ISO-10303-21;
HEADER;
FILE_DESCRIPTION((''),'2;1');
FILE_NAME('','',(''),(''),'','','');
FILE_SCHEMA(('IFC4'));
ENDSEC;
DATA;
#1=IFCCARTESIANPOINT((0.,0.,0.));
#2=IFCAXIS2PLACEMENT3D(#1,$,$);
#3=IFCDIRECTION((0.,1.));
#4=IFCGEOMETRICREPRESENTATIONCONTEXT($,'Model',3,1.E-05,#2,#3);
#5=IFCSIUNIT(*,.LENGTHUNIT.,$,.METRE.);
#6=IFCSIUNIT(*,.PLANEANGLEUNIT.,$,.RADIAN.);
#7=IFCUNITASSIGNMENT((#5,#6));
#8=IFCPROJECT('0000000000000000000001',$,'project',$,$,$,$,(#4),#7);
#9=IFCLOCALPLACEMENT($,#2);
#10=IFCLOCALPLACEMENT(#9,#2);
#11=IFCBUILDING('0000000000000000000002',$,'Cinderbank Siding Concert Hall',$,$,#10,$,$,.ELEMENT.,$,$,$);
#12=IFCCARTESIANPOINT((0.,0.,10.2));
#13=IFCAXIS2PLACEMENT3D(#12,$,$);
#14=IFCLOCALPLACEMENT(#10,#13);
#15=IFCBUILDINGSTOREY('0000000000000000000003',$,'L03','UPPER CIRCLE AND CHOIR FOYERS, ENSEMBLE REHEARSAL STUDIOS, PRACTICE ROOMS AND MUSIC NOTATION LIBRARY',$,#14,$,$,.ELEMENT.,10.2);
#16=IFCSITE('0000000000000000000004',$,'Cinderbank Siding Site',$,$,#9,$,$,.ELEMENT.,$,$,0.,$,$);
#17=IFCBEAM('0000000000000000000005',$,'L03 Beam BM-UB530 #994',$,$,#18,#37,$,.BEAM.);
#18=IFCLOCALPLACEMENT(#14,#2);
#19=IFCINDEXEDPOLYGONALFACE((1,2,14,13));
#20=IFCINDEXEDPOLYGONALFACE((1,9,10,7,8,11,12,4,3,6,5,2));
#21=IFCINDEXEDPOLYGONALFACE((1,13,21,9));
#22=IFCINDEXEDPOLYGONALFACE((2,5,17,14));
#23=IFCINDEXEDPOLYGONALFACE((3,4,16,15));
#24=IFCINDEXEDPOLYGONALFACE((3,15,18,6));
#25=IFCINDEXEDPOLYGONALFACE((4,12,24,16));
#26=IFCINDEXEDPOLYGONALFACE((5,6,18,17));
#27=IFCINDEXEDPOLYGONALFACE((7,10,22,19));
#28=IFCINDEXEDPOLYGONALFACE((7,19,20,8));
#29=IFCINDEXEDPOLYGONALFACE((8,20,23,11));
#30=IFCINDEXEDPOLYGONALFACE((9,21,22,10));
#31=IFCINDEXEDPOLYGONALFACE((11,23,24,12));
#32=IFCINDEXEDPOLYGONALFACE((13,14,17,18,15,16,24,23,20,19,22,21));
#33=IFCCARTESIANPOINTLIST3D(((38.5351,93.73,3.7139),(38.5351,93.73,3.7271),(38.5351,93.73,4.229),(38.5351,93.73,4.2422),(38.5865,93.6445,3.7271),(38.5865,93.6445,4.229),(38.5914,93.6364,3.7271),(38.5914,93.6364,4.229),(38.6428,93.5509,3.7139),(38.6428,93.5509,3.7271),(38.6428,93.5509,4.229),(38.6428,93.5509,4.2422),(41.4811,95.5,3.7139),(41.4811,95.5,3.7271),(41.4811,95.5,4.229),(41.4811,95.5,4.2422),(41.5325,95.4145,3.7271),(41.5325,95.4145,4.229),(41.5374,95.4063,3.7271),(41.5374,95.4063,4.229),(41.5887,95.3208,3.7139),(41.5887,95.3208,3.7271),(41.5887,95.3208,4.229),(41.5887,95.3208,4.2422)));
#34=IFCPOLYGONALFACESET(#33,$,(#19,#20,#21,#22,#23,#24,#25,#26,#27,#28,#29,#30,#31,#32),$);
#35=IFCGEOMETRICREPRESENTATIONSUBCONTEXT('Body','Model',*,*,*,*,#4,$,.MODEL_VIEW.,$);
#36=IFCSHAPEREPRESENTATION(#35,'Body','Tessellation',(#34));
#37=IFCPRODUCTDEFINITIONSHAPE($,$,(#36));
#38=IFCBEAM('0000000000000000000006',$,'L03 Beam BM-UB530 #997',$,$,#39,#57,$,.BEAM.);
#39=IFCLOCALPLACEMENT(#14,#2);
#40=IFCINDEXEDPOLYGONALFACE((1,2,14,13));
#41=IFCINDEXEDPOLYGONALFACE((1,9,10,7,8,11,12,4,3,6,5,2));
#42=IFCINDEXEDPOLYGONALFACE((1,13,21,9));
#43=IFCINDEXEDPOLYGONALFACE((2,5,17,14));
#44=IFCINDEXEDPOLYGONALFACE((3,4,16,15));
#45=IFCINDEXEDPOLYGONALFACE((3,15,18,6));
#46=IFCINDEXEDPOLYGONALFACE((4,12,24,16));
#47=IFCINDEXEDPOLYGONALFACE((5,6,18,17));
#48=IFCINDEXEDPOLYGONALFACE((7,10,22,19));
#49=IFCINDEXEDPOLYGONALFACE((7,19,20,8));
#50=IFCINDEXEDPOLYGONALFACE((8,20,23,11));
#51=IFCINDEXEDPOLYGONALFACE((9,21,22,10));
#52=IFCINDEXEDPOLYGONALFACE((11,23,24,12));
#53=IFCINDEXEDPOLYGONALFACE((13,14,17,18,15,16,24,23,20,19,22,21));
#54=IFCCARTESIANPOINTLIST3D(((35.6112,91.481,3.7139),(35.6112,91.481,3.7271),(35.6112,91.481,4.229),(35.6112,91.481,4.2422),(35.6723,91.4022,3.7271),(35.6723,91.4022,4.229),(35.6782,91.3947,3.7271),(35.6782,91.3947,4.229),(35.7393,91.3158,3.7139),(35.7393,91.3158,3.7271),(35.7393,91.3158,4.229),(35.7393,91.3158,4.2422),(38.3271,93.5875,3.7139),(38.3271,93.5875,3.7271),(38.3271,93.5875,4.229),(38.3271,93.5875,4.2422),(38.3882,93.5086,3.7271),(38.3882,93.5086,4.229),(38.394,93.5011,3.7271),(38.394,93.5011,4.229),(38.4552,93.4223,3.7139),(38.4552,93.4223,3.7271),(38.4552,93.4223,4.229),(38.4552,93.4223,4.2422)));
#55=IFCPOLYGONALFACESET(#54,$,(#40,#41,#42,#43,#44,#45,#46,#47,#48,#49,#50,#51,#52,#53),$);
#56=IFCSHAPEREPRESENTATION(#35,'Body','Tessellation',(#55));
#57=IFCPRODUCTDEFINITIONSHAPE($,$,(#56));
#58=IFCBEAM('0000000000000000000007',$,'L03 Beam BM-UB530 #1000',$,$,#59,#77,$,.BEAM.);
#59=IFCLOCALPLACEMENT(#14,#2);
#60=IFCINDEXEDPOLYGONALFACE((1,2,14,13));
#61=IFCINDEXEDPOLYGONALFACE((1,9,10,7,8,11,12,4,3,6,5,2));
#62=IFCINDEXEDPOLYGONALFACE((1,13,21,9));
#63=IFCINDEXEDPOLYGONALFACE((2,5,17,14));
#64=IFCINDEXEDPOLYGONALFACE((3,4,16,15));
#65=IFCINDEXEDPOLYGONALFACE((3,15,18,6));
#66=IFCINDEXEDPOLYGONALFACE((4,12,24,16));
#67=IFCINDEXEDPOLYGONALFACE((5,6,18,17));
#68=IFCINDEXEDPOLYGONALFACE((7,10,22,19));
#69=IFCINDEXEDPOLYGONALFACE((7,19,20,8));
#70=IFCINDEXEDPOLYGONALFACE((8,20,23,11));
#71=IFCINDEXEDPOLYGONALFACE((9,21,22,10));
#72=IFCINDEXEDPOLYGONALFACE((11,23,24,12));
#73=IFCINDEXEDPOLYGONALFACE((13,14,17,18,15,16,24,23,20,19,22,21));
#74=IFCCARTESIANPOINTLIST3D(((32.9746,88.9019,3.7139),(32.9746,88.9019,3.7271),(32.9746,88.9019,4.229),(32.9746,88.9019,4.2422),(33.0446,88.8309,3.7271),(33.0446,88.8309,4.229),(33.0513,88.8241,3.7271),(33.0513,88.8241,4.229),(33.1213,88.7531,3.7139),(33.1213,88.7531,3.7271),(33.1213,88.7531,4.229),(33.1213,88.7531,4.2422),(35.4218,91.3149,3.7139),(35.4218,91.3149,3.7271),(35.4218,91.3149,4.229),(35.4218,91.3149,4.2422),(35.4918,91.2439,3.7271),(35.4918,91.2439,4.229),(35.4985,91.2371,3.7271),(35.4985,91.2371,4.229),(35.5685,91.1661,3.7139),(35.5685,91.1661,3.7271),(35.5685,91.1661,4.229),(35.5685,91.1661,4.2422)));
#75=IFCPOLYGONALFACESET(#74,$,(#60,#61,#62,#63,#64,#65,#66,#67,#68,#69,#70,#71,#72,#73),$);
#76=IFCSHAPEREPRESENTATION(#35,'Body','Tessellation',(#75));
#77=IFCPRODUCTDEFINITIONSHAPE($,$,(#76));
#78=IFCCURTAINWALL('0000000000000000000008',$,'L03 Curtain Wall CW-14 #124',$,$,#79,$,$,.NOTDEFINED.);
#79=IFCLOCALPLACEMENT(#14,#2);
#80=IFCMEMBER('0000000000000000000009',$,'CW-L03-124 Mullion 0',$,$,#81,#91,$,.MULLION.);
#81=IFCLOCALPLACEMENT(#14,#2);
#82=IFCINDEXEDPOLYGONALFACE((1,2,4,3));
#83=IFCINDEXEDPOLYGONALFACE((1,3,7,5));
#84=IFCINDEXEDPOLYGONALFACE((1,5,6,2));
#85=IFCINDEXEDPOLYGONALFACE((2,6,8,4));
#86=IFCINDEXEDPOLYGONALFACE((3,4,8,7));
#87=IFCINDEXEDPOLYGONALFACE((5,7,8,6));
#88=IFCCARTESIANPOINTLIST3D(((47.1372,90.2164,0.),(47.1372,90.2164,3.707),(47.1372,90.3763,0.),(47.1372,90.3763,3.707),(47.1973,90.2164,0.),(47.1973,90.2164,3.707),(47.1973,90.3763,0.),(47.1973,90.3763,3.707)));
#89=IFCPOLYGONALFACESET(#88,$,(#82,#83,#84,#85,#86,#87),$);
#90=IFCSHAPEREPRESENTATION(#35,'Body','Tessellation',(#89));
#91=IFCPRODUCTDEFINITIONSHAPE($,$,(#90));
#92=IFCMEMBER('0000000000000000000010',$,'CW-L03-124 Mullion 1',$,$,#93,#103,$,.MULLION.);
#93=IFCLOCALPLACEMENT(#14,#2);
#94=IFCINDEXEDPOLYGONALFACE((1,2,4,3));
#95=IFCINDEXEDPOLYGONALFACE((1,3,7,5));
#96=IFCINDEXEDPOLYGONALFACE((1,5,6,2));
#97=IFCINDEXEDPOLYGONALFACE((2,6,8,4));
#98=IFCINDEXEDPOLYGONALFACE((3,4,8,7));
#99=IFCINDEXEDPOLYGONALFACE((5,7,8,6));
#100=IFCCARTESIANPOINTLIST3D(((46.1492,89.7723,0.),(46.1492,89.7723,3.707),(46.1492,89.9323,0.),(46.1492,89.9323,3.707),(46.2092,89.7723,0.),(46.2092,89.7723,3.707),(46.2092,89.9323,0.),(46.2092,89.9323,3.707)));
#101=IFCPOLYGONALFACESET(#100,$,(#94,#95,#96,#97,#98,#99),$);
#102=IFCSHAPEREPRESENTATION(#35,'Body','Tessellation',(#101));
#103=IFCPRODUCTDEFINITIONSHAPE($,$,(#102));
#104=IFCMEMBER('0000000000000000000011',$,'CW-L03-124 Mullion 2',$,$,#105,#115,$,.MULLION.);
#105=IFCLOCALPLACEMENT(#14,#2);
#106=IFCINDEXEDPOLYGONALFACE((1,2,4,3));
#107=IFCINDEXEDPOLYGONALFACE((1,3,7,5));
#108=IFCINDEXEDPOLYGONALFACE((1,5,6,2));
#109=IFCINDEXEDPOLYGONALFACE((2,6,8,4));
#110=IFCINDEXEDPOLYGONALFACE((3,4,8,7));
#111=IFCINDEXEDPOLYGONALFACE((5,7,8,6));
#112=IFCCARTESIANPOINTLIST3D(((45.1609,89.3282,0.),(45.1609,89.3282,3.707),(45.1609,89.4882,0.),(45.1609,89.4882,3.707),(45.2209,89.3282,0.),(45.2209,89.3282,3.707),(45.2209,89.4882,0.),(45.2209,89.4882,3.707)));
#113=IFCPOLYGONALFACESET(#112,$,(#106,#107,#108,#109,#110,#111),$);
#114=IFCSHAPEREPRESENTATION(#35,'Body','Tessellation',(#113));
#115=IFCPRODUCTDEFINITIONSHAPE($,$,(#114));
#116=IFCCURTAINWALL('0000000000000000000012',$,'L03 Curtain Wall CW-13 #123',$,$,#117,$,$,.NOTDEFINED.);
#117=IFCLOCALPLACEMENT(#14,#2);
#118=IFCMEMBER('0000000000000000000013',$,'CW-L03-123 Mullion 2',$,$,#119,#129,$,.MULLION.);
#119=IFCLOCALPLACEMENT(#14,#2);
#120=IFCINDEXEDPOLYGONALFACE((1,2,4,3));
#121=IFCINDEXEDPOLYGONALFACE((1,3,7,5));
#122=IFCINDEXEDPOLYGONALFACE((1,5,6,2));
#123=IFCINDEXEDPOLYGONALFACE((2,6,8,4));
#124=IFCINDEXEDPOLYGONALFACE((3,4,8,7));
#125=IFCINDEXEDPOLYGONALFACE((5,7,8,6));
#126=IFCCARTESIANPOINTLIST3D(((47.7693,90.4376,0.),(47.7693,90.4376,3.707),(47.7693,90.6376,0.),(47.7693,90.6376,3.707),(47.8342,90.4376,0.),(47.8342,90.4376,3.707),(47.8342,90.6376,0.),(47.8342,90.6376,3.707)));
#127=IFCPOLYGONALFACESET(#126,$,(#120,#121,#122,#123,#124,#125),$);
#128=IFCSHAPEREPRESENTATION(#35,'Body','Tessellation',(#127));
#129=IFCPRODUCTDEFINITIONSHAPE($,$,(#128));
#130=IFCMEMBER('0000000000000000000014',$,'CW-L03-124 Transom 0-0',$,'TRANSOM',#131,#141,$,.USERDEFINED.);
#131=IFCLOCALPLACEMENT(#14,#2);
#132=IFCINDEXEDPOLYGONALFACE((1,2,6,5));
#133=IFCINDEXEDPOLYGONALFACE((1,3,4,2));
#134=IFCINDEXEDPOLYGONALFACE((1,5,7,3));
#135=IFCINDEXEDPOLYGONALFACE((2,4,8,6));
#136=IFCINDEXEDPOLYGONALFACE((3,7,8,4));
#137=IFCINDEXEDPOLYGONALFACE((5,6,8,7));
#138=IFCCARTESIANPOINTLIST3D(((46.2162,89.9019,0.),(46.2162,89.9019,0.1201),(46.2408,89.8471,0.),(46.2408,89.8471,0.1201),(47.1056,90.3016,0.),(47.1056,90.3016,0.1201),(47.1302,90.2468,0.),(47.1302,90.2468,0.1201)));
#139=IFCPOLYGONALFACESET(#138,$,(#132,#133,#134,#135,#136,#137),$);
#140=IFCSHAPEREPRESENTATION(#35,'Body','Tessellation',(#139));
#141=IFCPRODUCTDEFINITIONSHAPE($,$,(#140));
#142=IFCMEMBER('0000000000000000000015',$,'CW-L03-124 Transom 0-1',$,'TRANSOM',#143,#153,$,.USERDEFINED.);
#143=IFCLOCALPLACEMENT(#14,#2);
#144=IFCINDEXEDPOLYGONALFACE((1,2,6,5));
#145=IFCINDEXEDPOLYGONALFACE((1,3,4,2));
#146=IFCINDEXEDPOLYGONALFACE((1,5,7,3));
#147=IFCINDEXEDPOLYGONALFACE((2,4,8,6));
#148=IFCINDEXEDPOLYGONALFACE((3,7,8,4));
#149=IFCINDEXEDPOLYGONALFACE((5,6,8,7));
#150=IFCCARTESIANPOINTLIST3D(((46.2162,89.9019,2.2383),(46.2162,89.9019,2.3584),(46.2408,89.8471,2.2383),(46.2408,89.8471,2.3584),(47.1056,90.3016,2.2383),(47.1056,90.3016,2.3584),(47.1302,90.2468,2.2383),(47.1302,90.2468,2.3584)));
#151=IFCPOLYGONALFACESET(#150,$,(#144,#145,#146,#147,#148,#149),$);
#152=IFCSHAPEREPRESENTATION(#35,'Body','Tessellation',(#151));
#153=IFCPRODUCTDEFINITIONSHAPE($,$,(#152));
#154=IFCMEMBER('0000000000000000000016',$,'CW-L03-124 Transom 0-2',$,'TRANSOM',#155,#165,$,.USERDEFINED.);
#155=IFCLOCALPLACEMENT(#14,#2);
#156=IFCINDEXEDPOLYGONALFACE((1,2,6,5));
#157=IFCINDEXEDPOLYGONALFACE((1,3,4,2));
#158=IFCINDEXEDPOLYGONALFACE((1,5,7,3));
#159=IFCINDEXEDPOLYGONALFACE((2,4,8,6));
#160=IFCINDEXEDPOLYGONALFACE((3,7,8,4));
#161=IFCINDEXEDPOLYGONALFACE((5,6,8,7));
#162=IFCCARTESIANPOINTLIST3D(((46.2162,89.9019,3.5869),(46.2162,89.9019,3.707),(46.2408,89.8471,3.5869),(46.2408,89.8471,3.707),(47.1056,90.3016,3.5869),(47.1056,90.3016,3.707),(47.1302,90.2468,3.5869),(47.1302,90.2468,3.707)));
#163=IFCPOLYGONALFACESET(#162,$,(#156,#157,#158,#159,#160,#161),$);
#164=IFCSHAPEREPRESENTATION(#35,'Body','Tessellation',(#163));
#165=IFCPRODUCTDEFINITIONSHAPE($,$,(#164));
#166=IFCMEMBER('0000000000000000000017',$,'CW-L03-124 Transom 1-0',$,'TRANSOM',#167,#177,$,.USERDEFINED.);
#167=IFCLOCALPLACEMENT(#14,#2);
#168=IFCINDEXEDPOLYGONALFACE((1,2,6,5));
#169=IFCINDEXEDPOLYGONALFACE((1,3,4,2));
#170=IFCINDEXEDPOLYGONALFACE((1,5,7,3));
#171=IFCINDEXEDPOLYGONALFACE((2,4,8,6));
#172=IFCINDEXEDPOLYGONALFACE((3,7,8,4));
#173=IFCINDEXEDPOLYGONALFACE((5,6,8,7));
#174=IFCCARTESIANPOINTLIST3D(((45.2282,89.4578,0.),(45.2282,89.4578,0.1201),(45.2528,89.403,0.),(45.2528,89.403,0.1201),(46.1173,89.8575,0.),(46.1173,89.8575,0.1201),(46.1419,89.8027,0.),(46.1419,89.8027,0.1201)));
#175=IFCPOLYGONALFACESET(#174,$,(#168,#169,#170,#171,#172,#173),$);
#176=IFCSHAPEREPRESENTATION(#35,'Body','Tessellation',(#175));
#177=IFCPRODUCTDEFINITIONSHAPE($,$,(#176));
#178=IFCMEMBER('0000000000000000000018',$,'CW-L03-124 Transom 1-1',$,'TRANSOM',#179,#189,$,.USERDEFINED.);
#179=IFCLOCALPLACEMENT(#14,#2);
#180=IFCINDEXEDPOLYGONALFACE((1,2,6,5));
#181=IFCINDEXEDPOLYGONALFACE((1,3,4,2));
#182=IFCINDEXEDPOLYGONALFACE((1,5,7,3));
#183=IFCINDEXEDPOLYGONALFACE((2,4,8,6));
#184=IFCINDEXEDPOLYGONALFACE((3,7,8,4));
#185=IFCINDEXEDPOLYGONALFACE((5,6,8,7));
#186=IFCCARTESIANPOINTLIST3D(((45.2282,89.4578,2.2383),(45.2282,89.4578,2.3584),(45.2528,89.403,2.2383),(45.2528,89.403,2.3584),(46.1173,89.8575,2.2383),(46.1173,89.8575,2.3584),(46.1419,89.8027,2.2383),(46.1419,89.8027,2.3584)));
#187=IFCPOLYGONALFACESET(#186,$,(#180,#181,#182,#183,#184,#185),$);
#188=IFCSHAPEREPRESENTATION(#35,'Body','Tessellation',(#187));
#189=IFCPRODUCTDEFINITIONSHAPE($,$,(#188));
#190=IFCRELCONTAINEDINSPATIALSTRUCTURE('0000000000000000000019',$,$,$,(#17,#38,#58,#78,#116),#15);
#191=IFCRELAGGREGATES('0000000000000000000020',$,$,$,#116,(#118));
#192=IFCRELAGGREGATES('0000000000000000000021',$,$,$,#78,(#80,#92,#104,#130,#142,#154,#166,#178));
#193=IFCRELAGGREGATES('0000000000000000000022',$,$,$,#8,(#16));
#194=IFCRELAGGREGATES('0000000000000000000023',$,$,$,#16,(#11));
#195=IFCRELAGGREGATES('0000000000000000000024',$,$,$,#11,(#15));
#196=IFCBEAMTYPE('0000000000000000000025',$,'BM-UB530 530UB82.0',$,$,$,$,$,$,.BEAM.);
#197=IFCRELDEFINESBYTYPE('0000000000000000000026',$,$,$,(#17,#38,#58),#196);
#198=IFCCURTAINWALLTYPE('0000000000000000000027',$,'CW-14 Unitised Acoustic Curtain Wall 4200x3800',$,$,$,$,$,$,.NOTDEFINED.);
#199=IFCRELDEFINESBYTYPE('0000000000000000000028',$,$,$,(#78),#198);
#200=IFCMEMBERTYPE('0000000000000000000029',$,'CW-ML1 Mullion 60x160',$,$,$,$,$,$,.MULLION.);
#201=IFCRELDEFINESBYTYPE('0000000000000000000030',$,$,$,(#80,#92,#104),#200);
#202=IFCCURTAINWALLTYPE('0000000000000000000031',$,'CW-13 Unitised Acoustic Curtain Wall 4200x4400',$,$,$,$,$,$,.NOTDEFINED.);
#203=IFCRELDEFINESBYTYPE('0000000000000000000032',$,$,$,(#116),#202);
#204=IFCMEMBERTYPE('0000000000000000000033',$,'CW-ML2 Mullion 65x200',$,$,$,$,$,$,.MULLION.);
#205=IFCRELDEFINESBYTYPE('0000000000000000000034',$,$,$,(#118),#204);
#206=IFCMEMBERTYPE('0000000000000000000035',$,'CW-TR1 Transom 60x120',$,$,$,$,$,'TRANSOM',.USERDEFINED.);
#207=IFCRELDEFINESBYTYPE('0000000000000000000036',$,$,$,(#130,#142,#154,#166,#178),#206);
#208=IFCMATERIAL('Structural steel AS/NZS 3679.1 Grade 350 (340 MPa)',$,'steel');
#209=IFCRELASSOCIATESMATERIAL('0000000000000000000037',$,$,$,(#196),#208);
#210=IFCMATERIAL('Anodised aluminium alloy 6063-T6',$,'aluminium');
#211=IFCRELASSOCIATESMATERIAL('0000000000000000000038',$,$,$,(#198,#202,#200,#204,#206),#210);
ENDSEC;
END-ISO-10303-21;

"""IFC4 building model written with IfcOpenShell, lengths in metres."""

from ifc_helpers import new_model, si_unit, direction, frame, origin, origin_2d, place, context, subcontext, project, spatial, rectangle, i_section, extrude, material, material_profile, profile_set, type_object, element, aggregate, save


model = new_model("IFC4")

# Units and contexts
model_context = context("Model", 3, precision=1e-05, world=origin(), true_north=direction((0.0, 1.0)))
body_context = subcontext(model_context, "Body", "Model", "MODEL_VIEW")
ifc_project = project(units=[si_unit("LENGTHUNIT", "METRE"), si_unit("PLANEANGLEUNIT", "RADIAN")], contexts=[model_context])

# Site, building, storey
site_placement = place(None, origin())
site = spatial("IfcSite", under=ifc_project, at=site_placement, Name="Cinderbank Siding Site", CompositionType="ELEMENT", RefElevation=0.0)
building_placement = place(site_placement, origin())
building = spatial("IfcBuilding", under=site, at=building_placement, Name="Cinderbank Siding Concert Hall", CompositionType="ELEMENT")
storey_placement = place(building_placement, frame((0.0, 0.0, 10.2)))
storey = spatial("IfcBuildingStorey", under=building, at=storey_placement, Name="L03", Description="UPPER CIRCLE AND CHOIR FOYERS, ENSEMBLE REHEARSAL STUDIOS, PRACTICE ROOMS AND MUSIC NOTATION LIBRARY", CompositionType="ELEMENT", Elevation=10.2)

# Shared definitions
ifc_material_1 = material(Name="Structural steel AS/NZS 3679.1 Grade 350 (340 MPa)", Category="steel")

# Beams
ifc_material_profile_1 = material_profile(ifc_material_1, i_section(OverallWidth=0.209, OverallDepth=0.5283, WebThickness=0.0095, FlangeThickness=0.0132, at=origin_2d()), Name="530UB82.0", Category="LoadBearing")
ifc_profile_set_1 = profile_set([ifc_material_profile_1], Name="Structural steel AS/NZS 3679.1 Grade 350 (340 MPa)")
beam_type_1 = type_object("IfcBeamType", Name="BM-UB530 530UB82.0", PredefinedType="BEAM", material=ifc_profile_set_1)
beam_1_placement = place(storey_placement, frame((41.5349, 95.4104, 3.978), z_axis=(-0.857186, -0.515008, 0.0), x_axis=(0.515008, -0.857186, 0.0)))
element("IfcBeam", 1, at=beam_1_placement, inside=storey, type_object=beam_type_1, Name="L03 Beam BM-UB530 #994", PredefinedType="BEAM", context=body_context, shape_type="SweptSolid", body=[
    extrude(i_section(OverallWidth=0.209, OverallDepth=0.5283, WebThickness=0.0095, FlangeThickness=0.0132, at=origin_2d()), origin(), (0.0, 0.0, 1.0), 3.4368),
])
beam_2_placement = place(storey_placement, frame((38.3911, 93.5049, 3.978), z_axis=(-0.790178, -0.612878, 0.0), x_axis=(0.612878, -0.790178, 0.0)))
element("IfcBeam", 2, at=beam_2_placement, inside=storey, type_object=beam_type_1, Name="L03 Beam BM-UB530 #997", PredefinedType="BEAM", context=body_context, shape_type="SweptSolid", body=[
    extrude(i_section(OverallWidth=0.209, OverallDepth=0.5283, WebThickness=0.0095, FlangeThickness=0.0132, at=origin_2d()), origin(), (0.0, 0.0, 1.0), 3.437),
])
beam_3_placement = place(storey_placement, frame((35.4951, 91.2405, 3.978), z_axis=(-0.712062, -0.702117, 0.0), x_axis=(0.702117, -0.712062, 0.0)))
element("IfcBeam", 3, at=beam_3_placement, inside=storey, type_object=beam_type_1, Name="L03 Beam BM-UB530 #1000", PredefinedType="BEAM", context=body_context, shape_type="SweptSolid", body=[
    extrude(i_section(OverallWidth=0.209, OverallDepth=0.5283, WebThickness=0.0095, FlangeThickness=0.0132, at=origin_2d()), origin(), (0.0, 0.0, 1.0), 3.4368),
])

# Curtain wall, members
ifc_material_2 = material(Name="Anodised aluminium alloy 6063-T6", Category="aluminium")
curtain_wall_type_1 = type_object("IfcCurtainWallType", Name="CW-14 Unitised Acoustic Curtain Wall 4200x3800", PredefinedType="NOTDEFINED", material=ifc_material_2)
curtain_wall_1_placement = place(storey_placement, origin())
curtain_wall_1 = element("IfcCurtainWall", 4, at=curtain_wall_1_placement, inside=storey, type_object=curtain_wall_type_1, Name="L03 Curtain Wall CW-14 #124", PredefinedType="NOTDEFINED")
ifc_material_profile_2 = material_profile(ifc_material_2, rectangle(XDim=0.0601, YDim=0.1599, at=origin_2d()), Name="ALU-MULL-60x160", Category="LoadBearing")
ifc_profile_set_2 = profile_set([ifc_material_profile_2], Name="Anodised aluminium alloy 6063-T6")
member_type_1 = type_object("IfcMemberType", Name="CW-ML1 Mullion 60x160", PredefinedType="MULLION", material=ifc_profile_set_2)
member_1_placement = place(storey_placement, frame((47.1672, 90.2964, 0.0), z_axis=(0.0, 0.0, 1.0), x_axis=(1.0, 0.0, 0.0)))
member_1 = element("IfcMember", 5, at=member_1_placement, type_object=member_type_1, Name="CW-L03-124 Mullion 0", PredefinedType="MULLION", context=body_context, shape_type="SweptSolid", body=[
    extrude(rectangle(XDim=0.0601, YDim=0.1599, at=origin_2d()), origin(), (0.0, 0.0, 1.0), 3.707),
])
member_2_placement = place(storey_placement, frame((46.1792, 89.8523, 0.0), z_axis=(0.0, 0.0, 1.0), x_axis=(1.0, 0.0, 0.0)))
member_2 = element("IfcMember", 6, at=member_2_placement, type_object=member_type_1, Name="CW-L03-124 Mullion 1", PredefinedType="MULLION", context=body_context, shape_type="SweptSolid", body=[
    extrude(rectangle(XDim=0.0601, YDim=0.1599, at=origin_2d()), origin(), (0.0, 0.0, 1.0), 3.707),
])
member_3_placement = place(storey_placement, frame((45.1909, 89.4082, 0.0), z_axis=(0.0, 0.0, 1.0), x_axis=(1.0, 0.0, 0.0)))
member_3 = element("IfcMember", 7, at=member_3_placement, type_object=member_type_1, Name="CW-L03-124 Mullion 2", PredefinedType="MULLION", context=body_context, shape_type="SweptSolid", body=[
    extrude(rectangle(XDim=0.0601, YDim=0.1599, at=origin_2d()), origin(), (0.0, 0.0, 1.0), 3.707),
])

# Curtain wall, member
curtain_wall_type_2 = type_object("IfcCurtainWallType", Name="CW-13 Unitised Acoustic Curtain Wall 4200x4400", PredefinedType="NOTDEFINED", material=ifc_material_2)
curtain_wall_2_placement = place(storey_placement, origin())
curtain_wall_2 = element("IfcCurtainWall", 8, at=curtain_wall_2_placement, inside=storey, type_object=curtain_wall_type_2, Name="L03 Curtain Wall CW-13 #123", PredefinedType="NOTDEFINED")
ifc_material_profile_3 = material_profile(ifc_material_2, rectangle(XDim=0.0649, YDim=0.2, at=origin_2d()), Name="ALU-MULL-65x200", Category="LoadBearing")
ifc_profile_set_3 = profile_set([ifc_material_profile_3], Name="Anodised aluminium alloy 6063-T6")
member_type_2 = type_object("IfcMemberType", Name="CW-ML2 Mullion 65x200", PredefinedType="MULLION", material=ifc_profile_set_3)
member_4_placement = place(storey_placement, frame((47.8018, 90.5376, 0.0), z_axis=(0.0, 0.0, 1.0), x_axis=(1.0, 0.0, 0.0)))
member_4 = element("IfcMember", 9, at=member_4_placement, type_object=member_type_2, Name="CW-L03-123 Mullion 2", PredefinedType="MULLION", context=body_context, shape_type="SweptSolid", body=[
    extrude(rectangle(XDim=0.0649, YDim=0.2, at=origin_2d()), origin(), (0.0, 0.0, 1.0), 3.707),
])

# Members
ifc_material_profile_4 = material_profile(ifc_material_2, rectangle(XDim=0.0601, YDim=0.1201, at=origin_2d()), Name="ALU-TRAN-60x120", Category="LoadBearing")
ifc_profile_set_4 = profile_set([ifc_material_profile_4], Name="Anodised aluminium alloy 6063-T6")
member_type_3 = type_object("IfcMemberType", Name="CW-TR1 Transom 60x120", ElementType="TRANSOM", PredefinedType="USERDEFINED", material=ifc_profile_set_4)
member_5_placement = place(storey_placement, frame((47.1179, 90.2742, 0.0601), z_axis=(-0.912142, -0.409875, 0.0), x_axis=(0.409875, -0.912142, 0.0)))
member_5 = element("IfcMember", 10, at=member_5_placement, type_object=member_type_3, Name="CW-L03-124 Transom 0-0", ObjectType="TRANSOM", PredefinedType="USERDEFINED", context=body_context, shape_type="SweptSolid", body=[
    extrude(rectangle(XDim=0.0601, YDim=0.1201, at=origin_2d()), origin(), (0.0, 0.0, 1.0), 0.9751),
])
member_6_placement = place(storey_placement, frame((47.1179, 90.2742, 2.2983), z_axis=(-0.912142, -0.409875, 0.0), x_axis=(0.409875, -0.912142, 0.0)))
member_6 = element("IfcMember", 11, at=member_6_placement, type_object=member_type_3, Name="CW-L03-124 Transom 0-1", ObjectType="TRANSOM", PredefinedType="USERDEFINED", context=body_context, shape_type="SweptSolid", body=[
    extrude(rectangle(XDim=0.0601, YDim=0.1201, at=origin_2d()), origin(), (0.0, 0.0, 1.0), 0.9751),
])
member_7_placement = place(storey_placement, frame((47.1179, 90.2742, 3.647), z_axis=(-0.912142, -0.409875, 0.0), x_axis=(0.409875, -0.912142, 0.0)))
member_7 = element("IfcMember", 12, at=member_7_placement, type_object=member_type_3, Name="CW-L03-124 Transom 0-2", ObjectType="TRANSOM", PredefinedType="USERDEFINED", context=body_context, shape_type="SweptSolid", body=[
    extrude(rectangle(XDim=0.0601, YDim=0.1201, at=origin_2d()), origin(), (0.0, 0.0, 1.0), 0.9751),
])
member_8_placement = place(storey_placement, frame((46.1296, 89.8301, 0.0601), z_axis=(-0.912099, -0.409969, 0.0), x_axis=(0.409969, -0.912099, 0.0)))
member_8 = element("IfcMember", 13, at=member_8_placement, type_object=member_type_3, Name="CW-L03-124 Transom 1-0", ObjectType="TRANSOM", PredefinedType="USERDEFINED", context=body_context, shape_type="SweptSolid", body=[
    extrude(rectangle(XDim=0.0601, YDim=0.1201, at=origin_2d()), origin(), (0.0, 0.0, 1.0), 0.9749),
])
member_9_placement = place(storey_placement, frame((46.1296, 89.8301, 2.2983), z_axis=(-0.912099, -0.409969, 0.0), x_axis=(0.409969, -0.912099, 0.0)))
member_9 = element("IfcMember", 14, at=member_9_placement, type_object=member_type_3, Name="CW-L03-124 Transom 1-1", ObjectType="TRANSOM", PredefinedType="USERDEFINED", context=body_context, shape_type="SweptSolid", body=[
    extrude(rectangle(XDim=0.0601, YDim=0.1201, at=origin_2d()), origin(), (0.0, 0.0, 1.0), 0.9749),
])

aggregate(curtain_wall_2, [member_4])
aggregate(curtain_wall_1, [member_1, member_2, member_3, member_5, member_6, member_7, member_8, member_9])

save(model, "model.ifc")
